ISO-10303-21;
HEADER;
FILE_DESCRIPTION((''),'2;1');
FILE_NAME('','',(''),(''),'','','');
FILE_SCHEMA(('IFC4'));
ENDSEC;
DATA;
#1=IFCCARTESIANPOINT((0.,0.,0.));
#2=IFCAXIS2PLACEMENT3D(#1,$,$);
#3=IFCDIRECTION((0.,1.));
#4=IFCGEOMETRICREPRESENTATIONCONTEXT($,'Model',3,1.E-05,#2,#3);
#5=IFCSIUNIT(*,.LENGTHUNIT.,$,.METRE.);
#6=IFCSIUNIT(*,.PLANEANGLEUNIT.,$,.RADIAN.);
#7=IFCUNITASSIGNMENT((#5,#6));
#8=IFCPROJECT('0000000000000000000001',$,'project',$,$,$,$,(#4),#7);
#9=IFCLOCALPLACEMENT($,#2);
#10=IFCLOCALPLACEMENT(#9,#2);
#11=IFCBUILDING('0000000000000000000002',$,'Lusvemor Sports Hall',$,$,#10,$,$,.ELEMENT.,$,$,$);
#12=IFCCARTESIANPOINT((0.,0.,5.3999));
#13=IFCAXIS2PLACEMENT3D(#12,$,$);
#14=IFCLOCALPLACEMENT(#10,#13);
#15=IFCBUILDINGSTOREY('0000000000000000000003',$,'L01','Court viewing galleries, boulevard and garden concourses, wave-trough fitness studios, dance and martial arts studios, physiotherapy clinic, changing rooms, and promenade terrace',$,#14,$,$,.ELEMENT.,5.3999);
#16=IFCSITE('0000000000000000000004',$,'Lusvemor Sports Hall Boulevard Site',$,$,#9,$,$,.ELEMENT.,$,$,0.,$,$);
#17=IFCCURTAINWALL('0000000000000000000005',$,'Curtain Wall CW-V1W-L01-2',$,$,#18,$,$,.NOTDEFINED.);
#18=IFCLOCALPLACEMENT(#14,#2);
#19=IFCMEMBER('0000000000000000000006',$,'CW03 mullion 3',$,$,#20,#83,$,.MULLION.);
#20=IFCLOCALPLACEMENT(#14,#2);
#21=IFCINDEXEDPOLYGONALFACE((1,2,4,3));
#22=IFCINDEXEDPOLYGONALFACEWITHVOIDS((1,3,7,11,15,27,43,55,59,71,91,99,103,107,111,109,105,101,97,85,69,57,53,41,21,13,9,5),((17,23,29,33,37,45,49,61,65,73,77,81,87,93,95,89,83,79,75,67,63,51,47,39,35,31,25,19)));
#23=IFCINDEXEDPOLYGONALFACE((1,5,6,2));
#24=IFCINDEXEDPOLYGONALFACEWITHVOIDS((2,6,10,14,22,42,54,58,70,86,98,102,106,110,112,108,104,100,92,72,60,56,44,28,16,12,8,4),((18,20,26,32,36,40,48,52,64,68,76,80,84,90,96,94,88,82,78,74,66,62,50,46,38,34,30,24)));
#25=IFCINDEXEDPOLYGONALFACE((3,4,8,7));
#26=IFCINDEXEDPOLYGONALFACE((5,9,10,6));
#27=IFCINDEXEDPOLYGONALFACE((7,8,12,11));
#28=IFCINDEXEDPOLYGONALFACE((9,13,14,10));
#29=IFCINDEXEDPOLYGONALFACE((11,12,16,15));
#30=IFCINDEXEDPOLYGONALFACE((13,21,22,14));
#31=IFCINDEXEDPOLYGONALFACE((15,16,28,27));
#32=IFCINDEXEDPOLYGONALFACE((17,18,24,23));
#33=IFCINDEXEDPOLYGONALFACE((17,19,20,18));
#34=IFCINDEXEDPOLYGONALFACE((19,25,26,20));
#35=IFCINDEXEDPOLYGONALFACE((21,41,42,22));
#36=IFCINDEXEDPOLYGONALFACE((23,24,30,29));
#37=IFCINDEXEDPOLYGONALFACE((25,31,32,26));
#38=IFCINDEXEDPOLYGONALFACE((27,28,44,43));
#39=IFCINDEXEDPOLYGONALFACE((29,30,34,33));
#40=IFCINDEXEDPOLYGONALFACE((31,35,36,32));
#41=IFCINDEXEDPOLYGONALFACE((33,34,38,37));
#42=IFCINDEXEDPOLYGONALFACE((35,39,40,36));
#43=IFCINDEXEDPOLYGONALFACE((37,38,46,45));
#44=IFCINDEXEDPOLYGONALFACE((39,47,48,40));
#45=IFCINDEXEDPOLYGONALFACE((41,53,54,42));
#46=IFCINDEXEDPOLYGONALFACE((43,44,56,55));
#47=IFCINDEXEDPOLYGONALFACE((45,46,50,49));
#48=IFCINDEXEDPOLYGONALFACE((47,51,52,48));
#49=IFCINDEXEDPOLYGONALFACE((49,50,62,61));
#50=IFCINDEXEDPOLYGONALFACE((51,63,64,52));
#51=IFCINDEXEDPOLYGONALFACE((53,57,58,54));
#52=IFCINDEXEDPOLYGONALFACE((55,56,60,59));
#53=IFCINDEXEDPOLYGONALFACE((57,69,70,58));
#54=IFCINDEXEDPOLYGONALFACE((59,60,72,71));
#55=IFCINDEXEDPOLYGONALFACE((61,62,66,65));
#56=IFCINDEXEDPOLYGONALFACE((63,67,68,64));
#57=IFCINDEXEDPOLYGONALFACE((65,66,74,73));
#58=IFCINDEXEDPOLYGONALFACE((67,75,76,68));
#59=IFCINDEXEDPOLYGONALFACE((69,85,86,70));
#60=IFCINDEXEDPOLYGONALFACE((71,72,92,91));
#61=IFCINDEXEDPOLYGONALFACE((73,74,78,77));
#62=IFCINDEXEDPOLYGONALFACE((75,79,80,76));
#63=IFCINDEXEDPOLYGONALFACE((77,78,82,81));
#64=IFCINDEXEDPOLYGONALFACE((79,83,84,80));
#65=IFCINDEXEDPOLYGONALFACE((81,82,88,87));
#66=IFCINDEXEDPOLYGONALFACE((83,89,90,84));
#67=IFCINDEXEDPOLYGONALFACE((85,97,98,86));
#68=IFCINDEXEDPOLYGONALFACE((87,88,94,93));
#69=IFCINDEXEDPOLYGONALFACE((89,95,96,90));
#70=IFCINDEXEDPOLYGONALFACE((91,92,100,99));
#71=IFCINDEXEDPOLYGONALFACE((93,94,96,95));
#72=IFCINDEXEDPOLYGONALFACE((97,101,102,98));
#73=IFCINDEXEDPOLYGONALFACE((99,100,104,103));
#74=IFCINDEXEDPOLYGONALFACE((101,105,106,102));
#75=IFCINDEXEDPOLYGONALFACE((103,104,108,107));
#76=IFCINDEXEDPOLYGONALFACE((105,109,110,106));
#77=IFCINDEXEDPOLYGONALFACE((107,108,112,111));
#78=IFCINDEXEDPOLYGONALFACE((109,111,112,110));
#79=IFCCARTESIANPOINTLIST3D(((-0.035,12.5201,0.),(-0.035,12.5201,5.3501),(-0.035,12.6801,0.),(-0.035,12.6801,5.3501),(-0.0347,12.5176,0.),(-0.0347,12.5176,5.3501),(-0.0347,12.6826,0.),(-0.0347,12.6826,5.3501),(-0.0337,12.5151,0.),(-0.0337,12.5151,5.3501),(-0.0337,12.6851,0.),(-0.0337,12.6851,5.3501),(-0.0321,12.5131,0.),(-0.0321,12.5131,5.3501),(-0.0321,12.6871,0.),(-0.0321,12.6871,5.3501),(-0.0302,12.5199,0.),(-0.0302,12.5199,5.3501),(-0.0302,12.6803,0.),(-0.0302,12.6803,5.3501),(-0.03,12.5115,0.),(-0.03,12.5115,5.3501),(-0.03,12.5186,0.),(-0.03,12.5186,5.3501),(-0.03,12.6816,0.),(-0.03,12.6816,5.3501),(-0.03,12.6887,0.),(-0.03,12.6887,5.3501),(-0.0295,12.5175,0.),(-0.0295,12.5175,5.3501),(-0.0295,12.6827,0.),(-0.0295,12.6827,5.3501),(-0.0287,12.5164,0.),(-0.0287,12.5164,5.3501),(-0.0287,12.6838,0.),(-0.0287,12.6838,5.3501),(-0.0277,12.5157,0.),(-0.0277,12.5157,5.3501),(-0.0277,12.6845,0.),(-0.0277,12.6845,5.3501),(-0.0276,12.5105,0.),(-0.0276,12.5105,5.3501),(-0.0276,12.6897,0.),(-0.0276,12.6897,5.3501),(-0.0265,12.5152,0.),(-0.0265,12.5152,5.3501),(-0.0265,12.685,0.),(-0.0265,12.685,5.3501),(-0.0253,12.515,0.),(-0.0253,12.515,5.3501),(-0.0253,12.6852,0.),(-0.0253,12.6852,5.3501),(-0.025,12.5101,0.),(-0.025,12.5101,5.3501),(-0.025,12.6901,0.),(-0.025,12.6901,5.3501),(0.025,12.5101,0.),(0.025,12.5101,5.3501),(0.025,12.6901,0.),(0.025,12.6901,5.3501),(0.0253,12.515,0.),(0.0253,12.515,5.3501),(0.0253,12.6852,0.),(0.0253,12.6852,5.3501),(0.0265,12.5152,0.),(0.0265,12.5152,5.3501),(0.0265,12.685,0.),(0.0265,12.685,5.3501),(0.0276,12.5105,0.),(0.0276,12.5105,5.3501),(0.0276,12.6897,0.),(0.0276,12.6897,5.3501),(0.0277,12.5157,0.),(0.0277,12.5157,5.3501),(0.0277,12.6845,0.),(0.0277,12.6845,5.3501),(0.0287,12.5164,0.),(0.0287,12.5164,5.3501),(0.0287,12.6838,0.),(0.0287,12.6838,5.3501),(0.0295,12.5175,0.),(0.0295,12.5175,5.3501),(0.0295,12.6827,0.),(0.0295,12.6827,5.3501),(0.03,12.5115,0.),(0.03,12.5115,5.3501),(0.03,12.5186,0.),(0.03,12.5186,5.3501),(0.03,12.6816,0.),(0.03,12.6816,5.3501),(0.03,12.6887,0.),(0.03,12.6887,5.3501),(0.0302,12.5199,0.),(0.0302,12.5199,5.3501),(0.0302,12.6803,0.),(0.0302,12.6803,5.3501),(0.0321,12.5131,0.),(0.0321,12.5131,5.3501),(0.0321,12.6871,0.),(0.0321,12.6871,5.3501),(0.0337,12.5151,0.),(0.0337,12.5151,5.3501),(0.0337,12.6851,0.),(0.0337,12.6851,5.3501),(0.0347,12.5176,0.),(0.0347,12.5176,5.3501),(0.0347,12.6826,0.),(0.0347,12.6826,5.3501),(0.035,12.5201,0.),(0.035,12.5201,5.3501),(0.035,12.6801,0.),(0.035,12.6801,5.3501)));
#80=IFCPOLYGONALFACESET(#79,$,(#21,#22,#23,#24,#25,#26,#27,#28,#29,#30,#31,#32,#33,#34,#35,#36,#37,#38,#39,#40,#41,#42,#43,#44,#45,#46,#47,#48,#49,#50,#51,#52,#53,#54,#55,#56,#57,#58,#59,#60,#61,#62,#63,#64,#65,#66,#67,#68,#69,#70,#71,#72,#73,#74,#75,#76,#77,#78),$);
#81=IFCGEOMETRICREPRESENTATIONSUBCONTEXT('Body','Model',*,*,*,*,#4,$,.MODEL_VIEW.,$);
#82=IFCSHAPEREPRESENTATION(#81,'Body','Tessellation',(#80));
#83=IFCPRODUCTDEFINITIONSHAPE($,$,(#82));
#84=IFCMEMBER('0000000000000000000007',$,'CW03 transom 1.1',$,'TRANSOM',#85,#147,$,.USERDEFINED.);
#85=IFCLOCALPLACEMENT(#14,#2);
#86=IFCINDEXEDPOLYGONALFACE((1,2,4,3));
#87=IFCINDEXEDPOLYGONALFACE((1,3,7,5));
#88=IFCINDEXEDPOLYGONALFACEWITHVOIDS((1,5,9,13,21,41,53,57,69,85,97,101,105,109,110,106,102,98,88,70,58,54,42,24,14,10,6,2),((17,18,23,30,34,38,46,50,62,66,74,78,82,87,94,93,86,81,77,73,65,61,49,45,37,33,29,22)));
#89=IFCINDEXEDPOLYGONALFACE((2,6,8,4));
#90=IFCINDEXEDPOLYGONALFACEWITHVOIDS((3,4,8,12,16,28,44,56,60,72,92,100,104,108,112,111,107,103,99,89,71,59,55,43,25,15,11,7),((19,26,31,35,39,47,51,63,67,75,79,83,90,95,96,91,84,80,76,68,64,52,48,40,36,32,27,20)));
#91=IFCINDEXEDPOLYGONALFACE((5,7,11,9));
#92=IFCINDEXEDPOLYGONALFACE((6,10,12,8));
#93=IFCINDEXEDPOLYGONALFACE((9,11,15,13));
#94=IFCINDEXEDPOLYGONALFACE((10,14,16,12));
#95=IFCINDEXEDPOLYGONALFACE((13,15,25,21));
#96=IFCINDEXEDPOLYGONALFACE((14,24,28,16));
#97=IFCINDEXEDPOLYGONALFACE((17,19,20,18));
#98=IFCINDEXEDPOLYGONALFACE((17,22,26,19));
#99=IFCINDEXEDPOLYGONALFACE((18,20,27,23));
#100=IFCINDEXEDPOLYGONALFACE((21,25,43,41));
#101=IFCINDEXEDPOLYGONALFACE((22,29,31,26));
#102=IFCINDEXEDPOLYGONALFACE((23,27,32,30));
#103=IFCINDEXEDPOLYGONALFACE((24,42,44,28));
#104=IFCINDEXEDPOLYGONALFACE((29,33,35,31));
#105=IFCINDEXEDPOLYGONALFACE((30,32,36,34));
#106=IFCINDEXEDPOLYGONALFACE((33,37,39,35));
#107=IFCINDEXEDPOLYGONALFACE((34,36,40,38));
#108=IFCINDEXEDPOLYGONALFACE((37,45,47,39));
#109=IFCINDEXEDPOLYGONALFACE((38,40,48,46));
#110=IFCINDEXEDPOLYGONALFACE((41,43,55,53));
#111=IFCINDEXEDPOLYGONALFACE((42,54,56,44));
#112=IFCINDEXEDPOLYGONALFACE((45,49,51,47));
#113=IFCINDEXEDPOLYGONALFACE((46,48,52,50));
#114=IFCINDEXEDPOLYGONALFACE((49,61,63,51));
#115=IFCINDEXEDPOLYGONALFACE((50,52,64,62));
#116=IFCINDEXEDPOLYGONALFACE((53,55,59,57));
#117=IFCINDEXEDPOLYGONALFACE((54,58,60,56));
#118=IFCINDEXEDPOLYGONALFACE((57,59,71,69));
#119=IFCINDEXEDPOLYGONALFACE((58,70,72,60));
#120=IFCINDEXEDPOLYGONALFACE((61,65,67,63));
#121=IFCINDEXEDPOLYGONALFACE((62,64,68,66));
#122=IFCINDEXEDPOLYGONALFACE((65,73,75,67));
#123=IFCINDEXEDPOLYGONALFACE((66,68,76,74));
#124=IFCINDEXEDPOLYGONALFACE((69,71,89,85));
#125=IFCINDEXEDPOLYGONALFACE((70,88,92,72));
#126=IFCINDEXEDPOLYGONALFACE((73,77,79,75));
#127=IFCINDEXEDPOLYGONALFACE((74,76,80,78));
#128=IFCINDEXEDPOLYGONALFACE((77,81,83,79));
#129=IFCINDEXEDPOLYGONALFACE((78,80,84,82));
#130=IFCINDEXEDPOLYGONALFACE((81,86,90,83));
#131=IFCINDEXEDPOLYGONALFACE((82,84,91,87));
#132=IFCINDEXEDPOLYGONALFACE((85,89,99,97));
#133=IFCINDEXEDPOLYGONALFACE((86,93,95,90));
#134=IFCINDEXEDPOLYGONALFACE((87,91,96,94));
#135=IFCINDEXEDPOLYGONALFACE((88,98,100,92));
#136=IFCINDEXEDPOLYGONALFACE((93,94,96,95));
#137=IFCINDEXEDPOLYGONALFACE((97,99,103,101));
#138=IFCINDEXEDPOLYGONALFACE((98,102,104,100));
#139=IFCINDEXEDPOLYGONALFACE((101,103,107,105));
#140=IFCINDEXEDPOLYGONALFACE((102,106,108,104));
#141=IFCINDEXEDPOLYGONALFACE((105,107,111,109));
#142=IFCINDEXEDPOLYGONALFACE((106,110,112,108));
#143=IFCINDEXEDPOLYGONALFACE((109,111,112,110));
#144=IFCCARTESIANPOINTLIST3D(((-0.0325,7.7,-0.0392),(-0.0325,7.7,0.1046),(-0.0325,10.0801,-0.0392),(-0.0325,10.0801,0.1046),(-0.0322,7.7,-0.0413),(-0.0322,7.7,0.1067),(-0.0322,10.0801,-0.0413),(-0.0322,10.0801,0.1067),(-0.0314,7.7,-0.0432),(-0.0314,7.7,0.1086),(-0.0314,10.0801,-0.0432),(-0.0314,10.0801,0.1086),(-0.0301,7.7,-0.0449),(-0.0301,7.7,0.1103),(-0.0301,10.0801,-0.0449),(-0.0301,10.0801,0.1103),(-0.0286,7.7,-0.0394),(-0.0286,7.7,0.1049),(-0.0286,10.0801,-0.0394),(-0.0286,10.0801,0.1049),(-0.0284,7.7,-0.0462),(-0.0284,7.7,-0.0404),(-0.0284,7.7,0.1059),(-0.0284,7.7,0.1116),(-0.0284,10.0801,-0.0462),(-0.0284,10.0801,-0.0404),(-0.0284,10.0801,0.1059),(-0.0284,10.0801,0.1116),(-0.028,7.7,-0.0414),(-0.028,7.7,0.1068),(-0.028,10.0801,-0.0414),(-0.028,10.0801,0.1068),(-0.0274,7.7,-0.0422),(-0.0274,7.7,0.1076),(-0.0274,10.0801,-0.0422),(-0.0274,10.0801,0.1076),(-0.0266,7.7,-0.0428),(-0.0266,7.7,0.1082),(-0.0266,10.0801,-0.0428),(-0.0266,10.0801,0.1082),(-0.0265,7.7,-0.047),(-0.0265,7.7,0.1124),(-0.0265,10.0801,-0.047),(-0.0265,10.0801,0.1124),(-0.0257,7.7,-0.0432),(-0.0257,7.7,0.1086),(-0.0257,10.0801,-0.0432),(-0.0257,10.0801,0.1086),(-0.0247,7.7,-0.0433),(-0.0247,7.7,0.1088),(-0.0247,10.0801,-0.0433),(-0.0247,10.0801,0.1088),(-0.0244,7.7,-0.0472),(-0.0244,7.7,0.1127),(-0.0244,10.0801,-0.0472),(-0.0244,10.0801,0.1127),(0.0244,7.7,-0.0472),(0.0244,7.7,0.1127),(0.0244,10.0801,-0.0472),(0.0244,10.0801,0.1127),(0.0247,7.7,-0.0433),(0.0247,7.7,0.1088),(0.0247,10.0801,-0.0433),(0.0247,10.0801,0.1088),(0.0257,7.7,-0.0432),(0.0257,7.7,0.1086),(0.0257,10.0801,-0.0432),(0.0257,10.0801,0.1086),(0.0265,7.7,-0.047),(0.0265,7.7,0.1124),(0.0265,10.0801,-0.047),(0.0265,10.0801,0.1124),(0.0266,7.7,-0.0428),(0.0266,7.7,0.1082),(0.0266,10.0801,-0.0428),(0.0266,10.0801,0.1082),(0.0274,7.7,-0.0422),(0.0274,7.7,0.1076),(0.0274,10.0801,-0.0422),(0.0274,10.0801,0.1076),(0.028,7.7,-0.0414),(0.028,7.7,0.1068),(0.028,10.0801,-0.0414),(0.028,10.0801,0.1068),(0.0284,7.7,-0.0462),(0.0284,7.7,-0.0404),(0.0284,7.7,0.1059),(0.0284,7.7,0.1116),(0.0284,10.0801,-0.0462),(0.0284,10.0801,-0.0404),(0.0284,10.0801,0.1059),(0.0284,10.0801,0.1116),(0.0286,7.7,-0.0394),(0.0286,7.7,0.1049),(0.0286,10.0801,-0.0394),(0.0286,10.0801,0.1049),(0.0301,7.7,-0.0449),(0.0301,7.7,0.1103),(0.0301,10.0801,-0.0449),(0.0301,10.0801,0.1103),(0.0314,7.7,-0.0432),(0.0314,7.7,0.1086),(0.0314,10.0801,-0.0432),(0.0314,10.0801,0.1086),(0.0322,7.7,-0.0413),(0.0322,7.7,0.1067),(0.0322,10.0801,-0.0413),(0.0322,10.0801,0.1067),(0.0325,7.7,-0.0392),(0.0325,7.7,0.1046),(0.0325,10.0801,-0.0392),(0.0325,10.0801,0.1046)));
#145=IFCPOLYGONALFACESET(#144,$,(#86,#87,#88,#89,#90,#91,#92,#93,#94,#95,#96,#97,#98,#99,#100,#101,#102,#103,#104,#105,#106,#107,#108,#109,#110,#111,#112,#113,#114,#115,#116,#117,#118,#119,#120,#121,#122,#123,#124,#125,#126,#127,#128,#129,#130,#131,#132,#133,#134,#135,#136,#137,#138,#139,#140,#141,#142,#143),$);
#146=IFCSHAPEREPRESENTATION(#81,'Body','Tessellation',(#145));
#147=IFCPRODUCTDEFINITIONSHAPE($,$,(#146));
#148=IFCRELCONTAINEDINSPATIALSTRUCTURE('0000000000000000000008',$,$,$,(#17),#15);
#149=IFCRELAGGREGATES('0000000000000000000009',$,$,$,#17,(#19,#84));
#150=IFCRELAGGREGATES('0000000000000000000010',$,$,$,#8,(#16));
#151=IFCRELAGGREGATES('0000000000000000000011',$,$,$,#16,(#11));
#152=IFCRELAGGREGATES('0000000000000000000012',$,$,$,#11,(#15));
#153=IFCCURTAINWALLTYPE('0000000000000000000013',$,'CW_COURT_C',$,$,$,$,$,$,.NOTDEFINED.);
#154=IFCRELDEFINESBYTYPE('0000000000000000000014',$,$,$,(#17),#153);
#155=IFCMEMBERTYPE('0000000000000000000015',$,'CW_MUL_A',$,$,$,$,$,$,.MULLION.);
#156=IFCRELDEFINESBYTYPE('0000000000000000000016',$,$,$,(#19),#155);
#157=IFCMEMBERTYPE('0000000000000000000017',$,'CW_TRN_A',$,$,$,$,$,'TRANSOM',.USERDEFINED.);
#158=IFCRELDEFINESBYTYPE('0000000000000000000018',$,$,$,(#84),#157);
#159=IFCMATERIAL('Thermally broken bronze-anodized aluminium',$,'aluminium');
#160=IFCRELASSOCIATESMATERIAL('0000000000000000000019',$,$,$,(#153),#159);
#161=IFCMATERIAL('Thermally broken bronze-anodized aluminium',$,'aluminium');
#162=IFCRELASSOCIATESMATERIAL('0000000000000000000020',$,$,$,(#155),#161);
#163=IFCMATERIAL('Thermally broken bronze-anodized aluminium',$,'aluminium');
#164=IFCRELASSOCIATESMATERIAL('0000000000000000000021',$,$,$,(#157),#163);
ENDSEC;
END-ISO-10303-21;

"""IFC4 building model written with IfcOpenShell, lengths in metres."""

from ifc_helpers import new_model, si_unit, direction, frame, origin, origin_2d, place, context, subcontext, project, spatial, hollow_rectangle, extrude, material, material_profile, profile_set, type_object, element, aggregate, save


model = new_model("IFC4")

# Units and contexts
model_context = context("Model", 3, precision=1e-05, world=origin(), true_north=direction((0.0, 1.0)))
body_context = subcontext(model_context, "Body", "Model", "MODEL_VIEW")
ifc_project = project(units=[si_unit("LENGTHUNIT", "METRE"), si_unit("PLANEANGLEUNIT", "RADIAN")], contexts=[model_context])

# Site, building, storey
site_placement = place(None, origin())
site = spatial("IfcSite", under=ifc_project, at=site_placement, Name="Lusvemor Sports Hall Boulevard Site", CompositionType="ELEMENT", RefElevation=0.0)
building_placement = place(site_placement, origin())
building = spatial("IfcBuilding", under=site, at=building_placement, Name="Lusvemor Sports Hall", CompositionType="ELEMENT")
storey_placement = place(building_placement, frame((0.0, 0.0, 5.3999)))
storey = spatial("IfcBuildingStorey", under=building, at=storey_placement, Name="L01", Description="Court viewing galleries, boulevard and garden concourses, wave-trough fitness studios, dance and martial arts studios, physiotherapy clinic, changing rooms, and promenade terrace", CompositionType="ELEMENT", Elevation=5.3999)

# Curtain wall, members
ifc_material_1 = material(Name="Thermally broken bronze-anodized aluminium", Category="aluminium")
curtain_wall_type = type_object("IfcCurtainWallType", Name="CW_COURT_C", PredefinedType="NOTDEFINED", material=ifc_material_1)
curtain_wall_placement = place(storey_placement, origin())
curtain_wall = element("IfcCurtainWall", 1, at=curtain_wall_placement, inside=storey, type_object=curtain_wall_type, Name="Curtain Wall CW-V1W-L01-2", PredefinedType="NOTDEFINED")
ifc_material_2 = material(Name="Thermally broken bronze-anodized aluminium", Category="aluminium")
ifc_material_profile_1 = material_profile(ifc_material_2, hollow_rectangle(XDim=0.0701, YDim=0.1799, WallThickness=0.0049, InnerFilletRadius=0.0049, OuterFilletRadius=0.01, at=origin_2d()), Name="CWMUL180x70x5")
ifc_profile_set_1 = profile_set([ifc_material_profile_1], Name="Thermally broken bronze-anodized aluminium")
member_type_1 = type_object("IfcMemberType", Name="CW_MUL_A", PredefinedType="MULLION", material=ifc_profile_set_1)
member_1_placement = place(storey_placement, frame((0.0, 12.6001, 0.0), z_axis=(0.0, 0.0, 1.0), x_axis=(-1.0, 0.0, 0.0)))
member_1 = element("IfcMember", 2, at=member_1_placement, type_object=member_type_1, Name="CW03 mullion 3", PredefinedType="MULLION", context=body_context, shape_type="SweptSolid", body=[
    extrude(hollow_rectangle(XDim=0.0701, YDim=0.1799, WallThickness=0.0049, InnerFilletRadius=0.0049, OuterFilletRadius=0.01, at=origin_2d()), origin(), (0.0, 0.0, 1.0), 5.3501),
])
ifc_material_3 = material(Name="Thermally broken bronze-anodized aluminium", Category="aluminium")
ifc_material_profile_2 = material_profile(ifc_material_3, hollow_rectangle(XDim=0.0649, YDim=0.1599, WallThickness=0.0039, InnerFilletRadius=0.0039, OuterFilletRadius=0.0081, at=origin_2d()), Name="CWTRN160x65x4")
ifc_profile_set_2 = profile_set([ifc_material_profile_2], Name="Thermally broken bronze-anodized aluminium")
member_type_2 = type_object("IfcMemberType", Name="CW_TRN_A", ElementType="TRANSOM", PredefinedType="USERDEFINED", material=ifc_profile_set_2)
member_2_placement = place(storey_placement, frame((0.0, 7.7, 0.0327), z_axis=(0.0, 1.0, 0.0), x_axis=(-1.0, 0.0, 0.0)))
member_2 = element("IfcMember", 3, at=member_2_placement, type_object=member_type_2, Name="CW03 transom 1.1", ObjectType="TRANSOM", PredefinedType="USERDEFINED", context=body_context, shape_type="SweptSolid", body=[
    extrude(hollow_rectangle(XDim=0.0649, YDim=0.1599, WallThickness=0.0039, InnerFilletRadius=0.0039, OuterFilletRadius=0.0081, at=origin_2d()), origin(), (0.0, 0.0, 1.0), 2.3801),
])
aggregate(curtain_wall, [member_1, member_2])

save(model, "model.ifc")
